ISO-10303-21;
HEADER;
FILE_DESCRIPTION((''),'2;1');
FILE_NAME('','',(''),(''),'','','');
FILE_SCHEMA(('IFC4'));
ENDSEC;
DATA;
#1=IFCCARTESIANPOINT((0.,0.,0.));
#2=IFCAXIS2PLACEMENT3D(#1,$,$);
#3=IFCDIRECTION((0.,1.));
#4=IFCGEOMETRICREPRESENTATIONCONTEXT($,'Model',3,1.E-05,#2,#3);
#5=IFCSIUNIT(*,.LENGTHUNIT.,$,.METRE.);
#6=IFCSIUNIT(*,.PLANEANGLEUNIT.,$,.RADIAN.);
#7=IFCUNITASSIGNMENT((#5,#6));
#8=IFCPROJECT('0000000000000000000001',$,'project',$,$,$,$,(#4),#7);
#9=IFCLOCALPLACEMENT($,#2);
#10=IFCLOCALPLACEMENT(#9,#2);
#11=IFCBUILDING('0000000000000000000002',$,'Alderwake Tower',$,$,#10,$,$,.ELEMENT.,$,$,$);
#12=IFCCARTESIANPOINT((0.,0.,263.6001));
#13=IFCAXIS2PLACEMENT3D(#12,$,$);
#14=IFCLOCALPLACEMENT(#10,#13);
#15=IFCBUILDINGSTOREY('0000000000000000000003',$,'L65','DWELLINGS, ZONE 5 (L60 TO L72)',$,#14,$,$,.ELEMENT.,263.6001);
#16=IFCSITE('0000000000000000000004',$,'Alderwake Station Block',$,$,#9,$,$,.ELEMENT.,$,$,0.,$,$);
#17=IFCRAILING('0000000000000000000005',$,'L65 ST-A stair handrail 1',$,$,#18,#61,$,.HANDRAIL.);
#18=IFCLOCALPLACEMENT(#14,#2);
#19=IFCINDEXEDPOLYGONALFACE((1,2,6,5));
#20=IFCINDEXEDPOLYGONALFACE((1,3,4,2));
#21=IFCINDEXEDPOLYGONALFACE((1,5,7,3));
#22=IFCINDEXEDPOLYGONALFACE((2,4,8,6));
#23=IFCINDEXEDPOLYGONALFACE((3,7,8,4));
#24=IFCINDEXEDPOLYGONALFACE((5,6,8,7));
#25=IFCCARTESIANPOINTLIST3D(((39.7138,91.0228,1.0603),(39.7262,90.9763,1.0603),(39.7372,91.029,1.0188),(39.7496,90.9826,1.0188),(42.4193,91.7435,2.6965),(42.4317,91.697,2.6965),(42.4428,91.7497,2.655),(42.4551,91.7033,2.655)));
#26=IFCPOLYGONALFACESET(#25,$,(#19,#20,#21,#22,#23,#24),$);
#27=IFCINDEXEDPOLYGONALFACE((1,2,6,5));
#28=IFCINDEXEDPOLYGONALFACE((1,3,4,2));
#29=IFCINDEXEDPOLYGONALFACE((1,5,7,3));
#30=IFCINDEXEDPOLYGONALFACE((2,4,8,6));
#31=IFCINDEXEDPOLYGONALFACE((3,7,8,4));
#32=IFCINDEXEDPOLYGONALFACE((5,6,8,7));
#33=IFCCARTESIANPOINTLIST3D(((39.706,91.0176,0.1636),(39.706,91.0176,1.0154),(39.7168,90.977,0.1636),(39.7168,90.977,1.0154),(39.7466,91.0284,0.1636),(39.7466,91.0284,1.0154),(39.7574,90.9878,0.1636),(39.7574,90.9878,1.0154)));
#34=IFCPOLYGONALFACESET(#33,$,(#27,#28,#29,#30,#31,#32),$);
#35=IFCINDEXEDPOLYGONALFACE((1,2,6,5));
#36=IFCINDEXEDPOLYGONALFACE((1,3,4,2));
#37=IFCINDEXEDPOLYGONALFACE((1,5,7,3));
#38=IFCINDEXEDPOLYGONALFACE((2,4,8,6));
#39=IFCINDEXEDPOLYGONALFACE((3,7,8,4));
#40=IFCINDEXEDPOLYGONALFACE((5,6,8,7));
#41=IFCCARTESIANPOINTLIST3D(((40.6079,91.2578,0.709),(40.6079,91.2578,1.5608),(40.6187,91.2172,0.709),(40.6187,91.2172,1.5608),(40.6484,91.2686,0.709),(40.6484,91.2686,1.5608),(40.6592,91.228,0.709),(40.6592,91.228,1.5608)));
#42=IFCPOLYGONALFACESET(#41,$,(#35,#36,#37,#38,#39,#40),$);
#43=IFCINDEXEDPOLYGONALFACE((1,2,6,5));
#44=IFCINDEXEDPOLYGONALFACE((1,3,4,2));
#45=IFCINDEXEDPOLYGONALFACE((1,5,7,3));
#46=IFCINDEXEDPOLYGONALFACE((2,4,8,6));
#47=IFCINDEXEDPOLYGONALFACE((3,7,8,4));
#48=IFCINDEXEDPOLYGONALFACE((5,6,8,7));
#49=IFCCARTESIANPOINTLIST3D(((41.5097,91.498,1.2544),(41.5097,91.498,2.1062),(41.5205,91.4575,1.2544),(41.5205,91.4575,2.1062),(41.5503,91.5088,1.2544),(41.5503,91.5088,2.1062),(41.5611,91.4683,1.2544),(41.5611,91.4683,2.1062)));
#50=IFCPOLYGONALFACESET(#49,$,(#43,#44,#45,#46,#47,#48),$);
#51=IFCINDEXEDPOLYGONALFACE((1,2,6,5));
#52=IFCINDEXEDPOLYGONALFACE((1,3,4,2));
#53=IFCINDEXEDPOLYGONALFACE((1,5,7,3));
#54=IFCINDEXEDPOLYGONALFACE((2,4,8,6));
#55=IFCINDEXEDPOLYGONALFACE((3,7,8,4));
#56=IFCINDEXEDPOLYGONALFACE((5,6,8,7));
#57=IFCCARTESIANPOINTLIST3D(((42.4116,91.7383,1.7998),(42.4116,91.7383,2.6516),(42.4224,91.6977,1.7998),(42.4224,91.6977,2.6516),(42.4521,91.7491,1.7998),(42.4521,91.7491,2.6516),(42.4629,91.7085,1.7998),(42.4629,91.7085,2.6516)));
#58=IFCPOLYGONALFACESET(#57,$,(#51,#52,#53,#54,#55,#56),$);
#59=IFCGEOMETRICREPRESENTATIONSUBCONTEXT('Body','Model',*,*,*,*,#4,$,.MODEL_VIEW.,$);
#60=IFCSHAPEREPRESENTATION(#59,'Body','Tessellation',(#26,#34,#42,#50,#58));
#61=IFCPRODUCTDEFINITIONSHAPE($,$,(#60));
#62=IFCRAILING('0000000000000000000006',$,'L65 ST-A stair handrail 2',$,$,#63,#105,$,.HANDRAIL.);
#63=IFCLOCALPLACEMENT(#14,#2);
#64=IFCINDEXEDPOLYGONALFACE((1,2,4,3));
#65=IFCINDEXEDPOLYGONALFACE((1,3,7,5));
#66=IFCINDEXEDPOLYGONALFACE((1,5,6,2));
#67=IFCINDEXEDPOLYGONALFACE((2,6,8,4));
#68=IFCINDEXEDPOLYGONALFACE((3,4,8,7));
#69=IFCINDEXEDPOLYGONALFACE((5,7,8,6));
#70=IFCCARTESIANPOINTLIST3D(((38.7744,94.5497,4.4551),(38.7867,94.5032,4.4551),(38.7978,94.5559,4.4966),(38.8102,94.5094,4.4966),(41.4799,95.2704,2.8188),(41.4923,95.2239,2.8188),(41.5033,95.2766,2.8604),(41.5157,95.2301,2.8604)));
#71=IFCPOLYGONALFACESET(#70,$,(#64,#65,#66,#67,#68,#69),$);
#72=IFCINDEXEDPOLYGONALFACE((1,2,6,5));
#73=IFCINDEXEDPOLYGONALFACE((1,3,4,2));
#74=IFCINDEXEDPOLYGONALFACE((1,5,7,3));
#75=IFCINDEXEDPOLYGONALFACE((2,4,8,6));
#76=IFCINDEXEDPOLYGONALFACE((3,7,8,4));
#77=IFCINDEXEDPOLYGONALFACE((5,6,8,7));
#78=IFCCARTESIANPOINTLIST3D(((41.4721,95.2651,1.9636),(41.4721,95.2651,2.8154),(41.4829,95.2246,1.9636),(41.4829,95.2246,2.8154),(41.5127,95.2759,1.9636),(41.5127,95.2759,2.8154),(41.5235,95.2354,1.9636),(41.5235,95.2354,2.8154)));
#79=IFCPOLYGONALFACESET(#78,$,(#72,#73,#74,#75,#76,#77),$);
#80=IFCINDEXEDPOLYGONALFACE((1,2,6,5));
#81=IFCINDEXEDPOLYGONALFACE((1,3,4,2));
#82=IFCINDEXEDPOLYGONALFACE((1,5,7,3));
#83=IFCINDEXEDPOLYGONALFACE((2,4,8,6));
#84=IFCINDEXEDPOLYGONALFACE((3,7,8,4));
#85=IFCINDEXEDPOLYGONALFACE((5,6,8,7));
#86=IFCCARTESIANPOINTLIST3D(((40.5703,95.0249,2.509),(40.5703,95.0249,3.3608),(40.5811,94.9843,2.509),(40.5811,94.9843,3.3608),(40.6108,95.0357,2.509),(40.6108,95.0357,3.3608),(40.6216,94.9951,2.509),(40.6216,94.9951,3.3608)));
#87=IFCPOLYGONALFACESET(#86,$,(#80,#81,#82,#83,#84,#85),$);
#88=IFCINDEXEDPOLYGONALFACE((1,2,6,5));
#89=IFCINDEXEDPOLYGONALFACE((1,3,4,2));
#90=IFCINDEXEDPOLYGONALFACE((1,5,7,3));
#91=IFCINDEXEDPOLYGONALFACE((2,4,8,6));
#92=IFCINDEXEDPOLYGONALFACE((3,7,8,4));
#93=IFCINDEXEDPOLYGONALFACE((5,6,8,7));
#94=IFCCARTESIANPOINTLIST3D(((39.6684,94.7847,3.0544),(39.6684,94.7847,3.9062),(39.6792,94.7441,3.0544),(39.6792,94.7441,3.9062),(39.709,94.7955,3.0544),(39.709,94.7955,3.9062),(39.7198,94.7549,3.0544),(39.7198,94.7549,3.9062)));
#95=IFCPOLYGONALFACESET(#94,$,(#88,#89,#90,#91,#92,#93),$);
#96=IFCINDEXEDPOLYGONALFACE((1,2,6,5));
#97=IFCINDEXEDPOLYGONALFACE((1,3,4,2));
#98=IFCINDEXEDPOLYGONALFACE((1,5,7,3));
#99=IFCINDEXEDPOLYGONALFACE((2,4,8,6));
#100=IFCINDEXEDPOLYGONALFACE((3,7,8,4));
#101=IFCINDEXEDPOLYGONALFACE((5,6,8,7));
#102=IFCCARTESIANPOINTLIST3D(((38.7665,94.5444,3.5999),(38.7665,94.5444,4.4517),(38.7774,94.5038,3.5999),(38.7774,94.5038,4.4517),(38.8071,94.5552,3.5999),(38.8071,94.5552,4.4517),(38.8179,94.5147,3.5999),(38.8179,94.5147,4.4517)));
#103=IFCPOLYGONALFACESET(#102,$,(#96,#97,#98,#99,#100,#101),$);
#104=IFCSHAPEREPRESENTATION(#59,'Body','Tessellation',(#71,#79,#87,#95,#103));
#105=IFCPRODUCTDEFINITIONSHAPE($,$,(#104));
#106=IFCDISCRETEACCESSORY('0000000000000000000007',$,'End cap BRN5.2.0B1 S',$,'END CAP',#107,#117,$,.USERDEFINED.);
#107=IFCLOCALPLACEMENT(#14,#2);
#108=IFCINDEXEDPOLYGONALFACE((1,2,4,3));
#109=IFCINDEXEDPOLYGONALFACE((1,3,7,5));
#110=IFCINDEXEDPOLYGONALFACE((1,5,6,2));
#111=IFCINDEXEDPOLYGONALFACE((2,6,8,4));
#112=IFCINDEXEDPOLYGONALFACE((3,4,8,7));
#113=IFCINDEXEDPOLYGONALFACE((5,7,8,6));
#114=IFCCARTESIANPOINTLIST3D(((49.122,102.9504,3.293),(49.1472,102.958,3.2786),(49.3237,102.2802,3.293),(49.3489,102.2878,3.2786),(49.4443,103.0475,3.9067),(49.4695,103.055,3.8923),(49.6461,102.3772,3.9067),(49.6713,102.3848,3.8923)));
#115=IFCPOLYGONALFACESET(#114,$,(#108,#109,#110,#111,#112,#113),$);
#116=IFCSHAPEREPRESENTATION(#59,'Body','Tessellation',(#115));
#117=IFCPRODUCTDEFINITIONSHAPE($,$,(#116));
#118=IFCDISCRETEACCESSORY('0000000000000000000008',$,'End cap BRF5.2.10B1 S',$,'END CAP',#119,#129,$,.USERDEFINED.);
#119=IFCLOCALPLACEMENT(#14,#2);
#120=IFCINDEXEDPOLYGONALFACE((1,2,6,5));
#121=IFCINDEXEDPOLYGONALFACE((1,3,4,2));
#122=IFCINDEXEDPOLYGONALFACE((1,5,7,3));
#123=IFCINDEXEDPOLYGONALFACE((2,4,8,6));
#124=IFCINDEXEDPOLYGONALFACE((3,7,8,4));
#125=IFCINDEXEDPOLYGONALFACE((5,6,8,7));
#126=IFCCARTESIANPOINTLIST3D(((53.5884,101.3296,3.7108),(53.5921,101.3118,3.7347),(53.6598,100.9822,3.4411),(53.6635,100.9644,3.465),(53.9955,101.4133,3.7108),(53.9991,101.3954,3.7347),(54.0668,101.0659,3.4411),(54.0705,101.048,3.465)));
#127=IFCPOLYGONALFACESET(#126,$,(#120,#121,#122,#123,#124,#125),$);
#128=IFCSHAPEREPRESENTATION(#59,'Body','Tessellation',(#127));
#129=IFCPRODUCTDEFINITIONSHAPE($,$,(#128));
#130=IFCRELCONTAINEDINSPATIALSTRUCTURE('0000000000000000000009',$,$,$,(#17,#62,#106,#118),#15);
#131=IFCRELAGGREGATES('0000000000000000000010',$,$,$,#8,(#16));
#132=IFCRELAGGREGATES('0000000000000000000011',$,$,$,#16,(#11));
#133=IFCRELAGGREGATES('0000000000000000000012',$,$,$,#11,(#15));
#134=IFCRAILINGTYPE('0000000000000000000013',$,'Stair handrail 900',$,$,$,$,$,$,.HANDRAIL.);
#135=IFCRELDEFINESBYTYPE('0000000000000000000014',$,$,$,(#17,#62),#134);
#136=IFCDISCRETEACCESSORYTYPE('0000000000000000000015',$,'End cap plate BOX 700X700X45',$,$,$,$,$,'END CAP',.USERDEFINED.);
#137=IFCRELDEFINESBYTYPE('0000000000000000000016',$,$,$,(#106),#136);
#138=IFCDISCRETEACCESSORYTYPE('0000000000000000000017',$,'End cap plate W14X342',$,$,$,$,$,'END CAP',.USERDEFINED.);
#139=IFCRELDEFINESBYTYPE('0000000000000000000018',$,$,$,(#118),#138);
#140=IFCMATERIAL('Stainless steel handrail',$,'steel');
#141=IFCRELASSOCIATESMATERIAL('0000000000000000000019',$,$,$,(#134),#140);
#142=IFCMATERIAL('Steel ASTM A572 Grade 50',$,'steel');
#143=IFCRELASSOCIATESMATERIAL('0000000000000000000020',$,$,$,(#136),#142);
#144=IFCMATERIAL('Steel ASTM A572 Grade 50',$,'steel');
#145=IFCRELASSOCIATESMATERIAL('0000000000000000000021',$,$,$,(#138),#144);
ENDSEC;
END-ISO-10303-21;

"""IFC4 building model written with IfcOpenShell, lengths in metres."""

from ifc_helpers import new_model, si_unit, direction, frame, origin, origin_2d, place, context, subcontext, project, spatial, rectangle, extrude, material, material_profile, profile_set, type_object, element, save


model = new_model("IFC4")

# Units and contexts
model_context = context("Model", 3, precision=1e-05, world=origin(), true_north=direction((0.0, 1.0)))
body_context = subcontext(model_context, "Body", "Model", "MODEL_VIEW")
ifc_project = project(units=[si_unit("LENGTHUNIT", "METRE"), si_unit("PLANEANGLEUNIT", "RADIAN")], contexts=[model_context])

# Site, building, storey
site_placement = place(None, origin())
site = spatial("IfcSite", under=ifc_project, at=site_placement, Name="Alderwake Station Block", CompositionType="ELEMENT", RefElevation=0.0)
building_placement = place(site_placement, origin())
building = spatial("IfcBuilding", under=site, at=building_placement, Name="Alderwake Tower", CompositionType="ELEMENT")
storey_placement = place(building_placement, frame((0.0, 0.0, 263.6001)))
storey = spatial("IfcBuildingStorey", under=building, at=storey_placement, Name="L65", Description="DWELLINGS, ZONE 5 (L60 TO L72)", CompositionType="ELEMENT", Elevation=263.6001)

# Railings
ifc_material_1 = material(Name="Stainless steel handrail", Category="steel")
railing_type_1 = type_object("IfcRailingType", Name="Stair handrail 900", PredefinedType="HANDRAIL", material=ifc_material_1)
railing_1_placement = place(storey_placement, frame((39.7317, 91.0027, 0.1636)))
element("IfcRailing", 1, at=railing_1_placement, inside=storey, type_object=railing_type_1, Name="L65 ST-A stair handrail 1", PredefinedType="HANDRAIL", context=body_context, shape_type="SweptSolid", body=[
    extrude(rectangle(XDim=0.0481, YDim=0.0481, at=origin_2d()), frame((0.0, 0.0, 0.876), z_axis=(0.834291, 0.222237, 0.504549), x_axis=(-0.257402, 0.966304, 0.0)), (0.0, 0.0, 1.0), 3.2429),
    extrude(rectangle(XDim=0.042, YDim=0.042, at=origin_2d()), frame((0.0, 0.0, 0.0), z_axis=(0.0, 0.0, 1.0), x_axis=(0.966304, 0.257402, 0.0)), (0.0, 0.0, 1.0), 0.8518),
    extrude(rectangle(XDim=0.042, YDim=0.042, at=origin_2d()), frame((0.9019, 0.2402, 0.5454), z_axis=(0.0, 0.0, 1.0), x_axis=(0.966304, 0.257402, 0.0)), (0.0, 0.0, 1.0), 0.8518),
    extrude(rectangle(XDim=0.042, YDim=0.042, at=origin_2d()), frame((1.8037, 0.4805, 1.0908), z_axis=(0.0, 0.0, 1.0), x_axis=(0.966304, 0.257402, 0.0)), (0.0, 0.0, 1.0), 0.8518),
    extrude(rectangle(XDim=0.042, YDim=0.042, at=origin_2d()), frame((2.7056, 0.7207, 1.6362), z_axis=(0.0, 0.0, 1.0), x_axis=(0.966304, 0.257402, 0.0)), (0.0, 0.0, 1.0), 0.8518),
])
railing_2_placement = place(storey_placement, frame((41.4978, 95.2502, 1.9636)))
element("IfcRailing", 2, at=railing_2_placement, inside=storey, type_object=railing_type_1, Name="L65 ST-A stair handrail 2", PredefinedType="HANDRAIL", context=body_context, shape_type="SweptSolid", body=[
    extrude(rectangle(XDim=0.0481, YDim=0.0481, at=origin_2d()), frame((0.0, 0.0, 0.876), z_axis=(-0.834291, -0.222237, 0.504549), x_axis=(0.257402, -0.966304, 0.0)), (0.0, 0.0, 1.0), 3.2429),
    extrude(rectangle(XDim=0.042, YDim=0.042, at=origin_2d()), frame((0.0, 0.0, 0.0), z_axis=(0.0, 0.0, 1.0), x_axis=(-0.966304, -0.257402, 0.0)), (0.0, 0.0, 1.0), 0.8518),
    extrude(rectangle(XDim=0.042, YDim=0.042, at=origin_2d()), frame((-0.9019, -0.2402, 0.5454), z_axis=(0.0, 0.0, 1.0), x_axis=(-0.966304, -0.257402, 0.0)), (0.0, 0.0, 1.0), 0.8518),
    extrude(rectangle(XDim=0.042, YDim=0.042, at=origin_2d()), frame((-1.8037, -0.4805, 1.0908), z_axis=(0.0, 0.0, 1.0), x_axis=(-0.966304, -0.257402, 0.0)), (0.0, 0.0, 1.0), 0.8518),
    extrude(rectangle(XDim=0.042, YDim=0.042, at=origin_2d()), frame((-2.7056, -0.7207, 1.6362), z_axis=(0.0, 0.0, 1.0), x_axis=(-0.966304, -0.257402, 0.0)), (0.0, 0.0, 1.0), 0.8518),
])

# Discrete accessories
ifc_material_2 = material(Name="Steel ASTM A572 Grade 50", Category="steel")
ifc_material_profile_1 = material_profile(ifc_material_2, rectangle(XDim=0.7, YDim=0.7, at=origin_2d()), Name="BOX 700X700X45 cap")
ifc_profile_set_1 = profile_set([ifc_material_profile_1], Name="Steel ASTM A572 Grade 50")
discrete_accessory_type_1 = type_object("IfcDiscreteAccessoryType", Name="End cap plate BOX 700X700X45", ElementType="END CAP", PredefinedType="USERDEFINED", material=ifc_profile_set_1)
discrete_accessory_1_placement = place(storey_placement, frame((49.384, 102.6638, 3.5999), z_axis=(0.839565, 0.252685, -0.480916), x_axis=(-0.288201, 0.95757, 0.0)))
element("IfcDiscreteAccessory", 3, at=discrete_accessory_1_placement, inside=storey, type_object=discrete_accessory_type_1, Name="End cap BRN5.2.0B1 S", ObjectType="END CAP", PredefinedType="USERDEFINED", context=body_context, shape_type="SweptSolid", body=[
    extrude(rectangle(XDim=0.7, YDim=0.7, at=origin_2d()), origin(), (0.0, 0.0, 1.0), 0.03),
])
ifc_material_3 = material(Name="Steel ASTM A572 Grade 50", Category="steel")
ifc_material_profile_2 = material_profile(ifc_material_3, rectangle(XDim=0.4155, YDim=0.4456, at=origin_2d()), Name="W14X342 cap")
ifc_profile_set_2 = profile_set([ifc_material_profile_2], Name="Steel ASTM A572 Grade 50")
discrete_accessory_type_2 = type_object("IfcDiscreteAccessoryType", Name="End cap plate W14X342", ElementType="END CAP", PredefinedType="USERDEFINED", material=ifc_profile_set_2)
discrete_accessory_2_placement = place(storey_placement, frame((53.8313, 101.1799, 3.5999), z_axis=(-0.121835, 0.592928, -0.795985), x_axis=(-0.979535, -0.201274, 0.0)))
element("IfcDiscreteAccessory", 4, at=discrete_accessory_2_placement, inside=storey, type_object=discrete_accessory_type_2, Name="End cap BRF5.2.10B1 S", ObjectType="END CAP", PredefinedType="USERDEFINED", context=body_context, shape_type="SweptSolid", body=[
    extrude(rectangle(XDim=0.4155, YDim=0.4456, at=origin_2d()), origin(), (0.0, 0.0, 1.0), 0.03),
])

save(model, "model.ifc")
